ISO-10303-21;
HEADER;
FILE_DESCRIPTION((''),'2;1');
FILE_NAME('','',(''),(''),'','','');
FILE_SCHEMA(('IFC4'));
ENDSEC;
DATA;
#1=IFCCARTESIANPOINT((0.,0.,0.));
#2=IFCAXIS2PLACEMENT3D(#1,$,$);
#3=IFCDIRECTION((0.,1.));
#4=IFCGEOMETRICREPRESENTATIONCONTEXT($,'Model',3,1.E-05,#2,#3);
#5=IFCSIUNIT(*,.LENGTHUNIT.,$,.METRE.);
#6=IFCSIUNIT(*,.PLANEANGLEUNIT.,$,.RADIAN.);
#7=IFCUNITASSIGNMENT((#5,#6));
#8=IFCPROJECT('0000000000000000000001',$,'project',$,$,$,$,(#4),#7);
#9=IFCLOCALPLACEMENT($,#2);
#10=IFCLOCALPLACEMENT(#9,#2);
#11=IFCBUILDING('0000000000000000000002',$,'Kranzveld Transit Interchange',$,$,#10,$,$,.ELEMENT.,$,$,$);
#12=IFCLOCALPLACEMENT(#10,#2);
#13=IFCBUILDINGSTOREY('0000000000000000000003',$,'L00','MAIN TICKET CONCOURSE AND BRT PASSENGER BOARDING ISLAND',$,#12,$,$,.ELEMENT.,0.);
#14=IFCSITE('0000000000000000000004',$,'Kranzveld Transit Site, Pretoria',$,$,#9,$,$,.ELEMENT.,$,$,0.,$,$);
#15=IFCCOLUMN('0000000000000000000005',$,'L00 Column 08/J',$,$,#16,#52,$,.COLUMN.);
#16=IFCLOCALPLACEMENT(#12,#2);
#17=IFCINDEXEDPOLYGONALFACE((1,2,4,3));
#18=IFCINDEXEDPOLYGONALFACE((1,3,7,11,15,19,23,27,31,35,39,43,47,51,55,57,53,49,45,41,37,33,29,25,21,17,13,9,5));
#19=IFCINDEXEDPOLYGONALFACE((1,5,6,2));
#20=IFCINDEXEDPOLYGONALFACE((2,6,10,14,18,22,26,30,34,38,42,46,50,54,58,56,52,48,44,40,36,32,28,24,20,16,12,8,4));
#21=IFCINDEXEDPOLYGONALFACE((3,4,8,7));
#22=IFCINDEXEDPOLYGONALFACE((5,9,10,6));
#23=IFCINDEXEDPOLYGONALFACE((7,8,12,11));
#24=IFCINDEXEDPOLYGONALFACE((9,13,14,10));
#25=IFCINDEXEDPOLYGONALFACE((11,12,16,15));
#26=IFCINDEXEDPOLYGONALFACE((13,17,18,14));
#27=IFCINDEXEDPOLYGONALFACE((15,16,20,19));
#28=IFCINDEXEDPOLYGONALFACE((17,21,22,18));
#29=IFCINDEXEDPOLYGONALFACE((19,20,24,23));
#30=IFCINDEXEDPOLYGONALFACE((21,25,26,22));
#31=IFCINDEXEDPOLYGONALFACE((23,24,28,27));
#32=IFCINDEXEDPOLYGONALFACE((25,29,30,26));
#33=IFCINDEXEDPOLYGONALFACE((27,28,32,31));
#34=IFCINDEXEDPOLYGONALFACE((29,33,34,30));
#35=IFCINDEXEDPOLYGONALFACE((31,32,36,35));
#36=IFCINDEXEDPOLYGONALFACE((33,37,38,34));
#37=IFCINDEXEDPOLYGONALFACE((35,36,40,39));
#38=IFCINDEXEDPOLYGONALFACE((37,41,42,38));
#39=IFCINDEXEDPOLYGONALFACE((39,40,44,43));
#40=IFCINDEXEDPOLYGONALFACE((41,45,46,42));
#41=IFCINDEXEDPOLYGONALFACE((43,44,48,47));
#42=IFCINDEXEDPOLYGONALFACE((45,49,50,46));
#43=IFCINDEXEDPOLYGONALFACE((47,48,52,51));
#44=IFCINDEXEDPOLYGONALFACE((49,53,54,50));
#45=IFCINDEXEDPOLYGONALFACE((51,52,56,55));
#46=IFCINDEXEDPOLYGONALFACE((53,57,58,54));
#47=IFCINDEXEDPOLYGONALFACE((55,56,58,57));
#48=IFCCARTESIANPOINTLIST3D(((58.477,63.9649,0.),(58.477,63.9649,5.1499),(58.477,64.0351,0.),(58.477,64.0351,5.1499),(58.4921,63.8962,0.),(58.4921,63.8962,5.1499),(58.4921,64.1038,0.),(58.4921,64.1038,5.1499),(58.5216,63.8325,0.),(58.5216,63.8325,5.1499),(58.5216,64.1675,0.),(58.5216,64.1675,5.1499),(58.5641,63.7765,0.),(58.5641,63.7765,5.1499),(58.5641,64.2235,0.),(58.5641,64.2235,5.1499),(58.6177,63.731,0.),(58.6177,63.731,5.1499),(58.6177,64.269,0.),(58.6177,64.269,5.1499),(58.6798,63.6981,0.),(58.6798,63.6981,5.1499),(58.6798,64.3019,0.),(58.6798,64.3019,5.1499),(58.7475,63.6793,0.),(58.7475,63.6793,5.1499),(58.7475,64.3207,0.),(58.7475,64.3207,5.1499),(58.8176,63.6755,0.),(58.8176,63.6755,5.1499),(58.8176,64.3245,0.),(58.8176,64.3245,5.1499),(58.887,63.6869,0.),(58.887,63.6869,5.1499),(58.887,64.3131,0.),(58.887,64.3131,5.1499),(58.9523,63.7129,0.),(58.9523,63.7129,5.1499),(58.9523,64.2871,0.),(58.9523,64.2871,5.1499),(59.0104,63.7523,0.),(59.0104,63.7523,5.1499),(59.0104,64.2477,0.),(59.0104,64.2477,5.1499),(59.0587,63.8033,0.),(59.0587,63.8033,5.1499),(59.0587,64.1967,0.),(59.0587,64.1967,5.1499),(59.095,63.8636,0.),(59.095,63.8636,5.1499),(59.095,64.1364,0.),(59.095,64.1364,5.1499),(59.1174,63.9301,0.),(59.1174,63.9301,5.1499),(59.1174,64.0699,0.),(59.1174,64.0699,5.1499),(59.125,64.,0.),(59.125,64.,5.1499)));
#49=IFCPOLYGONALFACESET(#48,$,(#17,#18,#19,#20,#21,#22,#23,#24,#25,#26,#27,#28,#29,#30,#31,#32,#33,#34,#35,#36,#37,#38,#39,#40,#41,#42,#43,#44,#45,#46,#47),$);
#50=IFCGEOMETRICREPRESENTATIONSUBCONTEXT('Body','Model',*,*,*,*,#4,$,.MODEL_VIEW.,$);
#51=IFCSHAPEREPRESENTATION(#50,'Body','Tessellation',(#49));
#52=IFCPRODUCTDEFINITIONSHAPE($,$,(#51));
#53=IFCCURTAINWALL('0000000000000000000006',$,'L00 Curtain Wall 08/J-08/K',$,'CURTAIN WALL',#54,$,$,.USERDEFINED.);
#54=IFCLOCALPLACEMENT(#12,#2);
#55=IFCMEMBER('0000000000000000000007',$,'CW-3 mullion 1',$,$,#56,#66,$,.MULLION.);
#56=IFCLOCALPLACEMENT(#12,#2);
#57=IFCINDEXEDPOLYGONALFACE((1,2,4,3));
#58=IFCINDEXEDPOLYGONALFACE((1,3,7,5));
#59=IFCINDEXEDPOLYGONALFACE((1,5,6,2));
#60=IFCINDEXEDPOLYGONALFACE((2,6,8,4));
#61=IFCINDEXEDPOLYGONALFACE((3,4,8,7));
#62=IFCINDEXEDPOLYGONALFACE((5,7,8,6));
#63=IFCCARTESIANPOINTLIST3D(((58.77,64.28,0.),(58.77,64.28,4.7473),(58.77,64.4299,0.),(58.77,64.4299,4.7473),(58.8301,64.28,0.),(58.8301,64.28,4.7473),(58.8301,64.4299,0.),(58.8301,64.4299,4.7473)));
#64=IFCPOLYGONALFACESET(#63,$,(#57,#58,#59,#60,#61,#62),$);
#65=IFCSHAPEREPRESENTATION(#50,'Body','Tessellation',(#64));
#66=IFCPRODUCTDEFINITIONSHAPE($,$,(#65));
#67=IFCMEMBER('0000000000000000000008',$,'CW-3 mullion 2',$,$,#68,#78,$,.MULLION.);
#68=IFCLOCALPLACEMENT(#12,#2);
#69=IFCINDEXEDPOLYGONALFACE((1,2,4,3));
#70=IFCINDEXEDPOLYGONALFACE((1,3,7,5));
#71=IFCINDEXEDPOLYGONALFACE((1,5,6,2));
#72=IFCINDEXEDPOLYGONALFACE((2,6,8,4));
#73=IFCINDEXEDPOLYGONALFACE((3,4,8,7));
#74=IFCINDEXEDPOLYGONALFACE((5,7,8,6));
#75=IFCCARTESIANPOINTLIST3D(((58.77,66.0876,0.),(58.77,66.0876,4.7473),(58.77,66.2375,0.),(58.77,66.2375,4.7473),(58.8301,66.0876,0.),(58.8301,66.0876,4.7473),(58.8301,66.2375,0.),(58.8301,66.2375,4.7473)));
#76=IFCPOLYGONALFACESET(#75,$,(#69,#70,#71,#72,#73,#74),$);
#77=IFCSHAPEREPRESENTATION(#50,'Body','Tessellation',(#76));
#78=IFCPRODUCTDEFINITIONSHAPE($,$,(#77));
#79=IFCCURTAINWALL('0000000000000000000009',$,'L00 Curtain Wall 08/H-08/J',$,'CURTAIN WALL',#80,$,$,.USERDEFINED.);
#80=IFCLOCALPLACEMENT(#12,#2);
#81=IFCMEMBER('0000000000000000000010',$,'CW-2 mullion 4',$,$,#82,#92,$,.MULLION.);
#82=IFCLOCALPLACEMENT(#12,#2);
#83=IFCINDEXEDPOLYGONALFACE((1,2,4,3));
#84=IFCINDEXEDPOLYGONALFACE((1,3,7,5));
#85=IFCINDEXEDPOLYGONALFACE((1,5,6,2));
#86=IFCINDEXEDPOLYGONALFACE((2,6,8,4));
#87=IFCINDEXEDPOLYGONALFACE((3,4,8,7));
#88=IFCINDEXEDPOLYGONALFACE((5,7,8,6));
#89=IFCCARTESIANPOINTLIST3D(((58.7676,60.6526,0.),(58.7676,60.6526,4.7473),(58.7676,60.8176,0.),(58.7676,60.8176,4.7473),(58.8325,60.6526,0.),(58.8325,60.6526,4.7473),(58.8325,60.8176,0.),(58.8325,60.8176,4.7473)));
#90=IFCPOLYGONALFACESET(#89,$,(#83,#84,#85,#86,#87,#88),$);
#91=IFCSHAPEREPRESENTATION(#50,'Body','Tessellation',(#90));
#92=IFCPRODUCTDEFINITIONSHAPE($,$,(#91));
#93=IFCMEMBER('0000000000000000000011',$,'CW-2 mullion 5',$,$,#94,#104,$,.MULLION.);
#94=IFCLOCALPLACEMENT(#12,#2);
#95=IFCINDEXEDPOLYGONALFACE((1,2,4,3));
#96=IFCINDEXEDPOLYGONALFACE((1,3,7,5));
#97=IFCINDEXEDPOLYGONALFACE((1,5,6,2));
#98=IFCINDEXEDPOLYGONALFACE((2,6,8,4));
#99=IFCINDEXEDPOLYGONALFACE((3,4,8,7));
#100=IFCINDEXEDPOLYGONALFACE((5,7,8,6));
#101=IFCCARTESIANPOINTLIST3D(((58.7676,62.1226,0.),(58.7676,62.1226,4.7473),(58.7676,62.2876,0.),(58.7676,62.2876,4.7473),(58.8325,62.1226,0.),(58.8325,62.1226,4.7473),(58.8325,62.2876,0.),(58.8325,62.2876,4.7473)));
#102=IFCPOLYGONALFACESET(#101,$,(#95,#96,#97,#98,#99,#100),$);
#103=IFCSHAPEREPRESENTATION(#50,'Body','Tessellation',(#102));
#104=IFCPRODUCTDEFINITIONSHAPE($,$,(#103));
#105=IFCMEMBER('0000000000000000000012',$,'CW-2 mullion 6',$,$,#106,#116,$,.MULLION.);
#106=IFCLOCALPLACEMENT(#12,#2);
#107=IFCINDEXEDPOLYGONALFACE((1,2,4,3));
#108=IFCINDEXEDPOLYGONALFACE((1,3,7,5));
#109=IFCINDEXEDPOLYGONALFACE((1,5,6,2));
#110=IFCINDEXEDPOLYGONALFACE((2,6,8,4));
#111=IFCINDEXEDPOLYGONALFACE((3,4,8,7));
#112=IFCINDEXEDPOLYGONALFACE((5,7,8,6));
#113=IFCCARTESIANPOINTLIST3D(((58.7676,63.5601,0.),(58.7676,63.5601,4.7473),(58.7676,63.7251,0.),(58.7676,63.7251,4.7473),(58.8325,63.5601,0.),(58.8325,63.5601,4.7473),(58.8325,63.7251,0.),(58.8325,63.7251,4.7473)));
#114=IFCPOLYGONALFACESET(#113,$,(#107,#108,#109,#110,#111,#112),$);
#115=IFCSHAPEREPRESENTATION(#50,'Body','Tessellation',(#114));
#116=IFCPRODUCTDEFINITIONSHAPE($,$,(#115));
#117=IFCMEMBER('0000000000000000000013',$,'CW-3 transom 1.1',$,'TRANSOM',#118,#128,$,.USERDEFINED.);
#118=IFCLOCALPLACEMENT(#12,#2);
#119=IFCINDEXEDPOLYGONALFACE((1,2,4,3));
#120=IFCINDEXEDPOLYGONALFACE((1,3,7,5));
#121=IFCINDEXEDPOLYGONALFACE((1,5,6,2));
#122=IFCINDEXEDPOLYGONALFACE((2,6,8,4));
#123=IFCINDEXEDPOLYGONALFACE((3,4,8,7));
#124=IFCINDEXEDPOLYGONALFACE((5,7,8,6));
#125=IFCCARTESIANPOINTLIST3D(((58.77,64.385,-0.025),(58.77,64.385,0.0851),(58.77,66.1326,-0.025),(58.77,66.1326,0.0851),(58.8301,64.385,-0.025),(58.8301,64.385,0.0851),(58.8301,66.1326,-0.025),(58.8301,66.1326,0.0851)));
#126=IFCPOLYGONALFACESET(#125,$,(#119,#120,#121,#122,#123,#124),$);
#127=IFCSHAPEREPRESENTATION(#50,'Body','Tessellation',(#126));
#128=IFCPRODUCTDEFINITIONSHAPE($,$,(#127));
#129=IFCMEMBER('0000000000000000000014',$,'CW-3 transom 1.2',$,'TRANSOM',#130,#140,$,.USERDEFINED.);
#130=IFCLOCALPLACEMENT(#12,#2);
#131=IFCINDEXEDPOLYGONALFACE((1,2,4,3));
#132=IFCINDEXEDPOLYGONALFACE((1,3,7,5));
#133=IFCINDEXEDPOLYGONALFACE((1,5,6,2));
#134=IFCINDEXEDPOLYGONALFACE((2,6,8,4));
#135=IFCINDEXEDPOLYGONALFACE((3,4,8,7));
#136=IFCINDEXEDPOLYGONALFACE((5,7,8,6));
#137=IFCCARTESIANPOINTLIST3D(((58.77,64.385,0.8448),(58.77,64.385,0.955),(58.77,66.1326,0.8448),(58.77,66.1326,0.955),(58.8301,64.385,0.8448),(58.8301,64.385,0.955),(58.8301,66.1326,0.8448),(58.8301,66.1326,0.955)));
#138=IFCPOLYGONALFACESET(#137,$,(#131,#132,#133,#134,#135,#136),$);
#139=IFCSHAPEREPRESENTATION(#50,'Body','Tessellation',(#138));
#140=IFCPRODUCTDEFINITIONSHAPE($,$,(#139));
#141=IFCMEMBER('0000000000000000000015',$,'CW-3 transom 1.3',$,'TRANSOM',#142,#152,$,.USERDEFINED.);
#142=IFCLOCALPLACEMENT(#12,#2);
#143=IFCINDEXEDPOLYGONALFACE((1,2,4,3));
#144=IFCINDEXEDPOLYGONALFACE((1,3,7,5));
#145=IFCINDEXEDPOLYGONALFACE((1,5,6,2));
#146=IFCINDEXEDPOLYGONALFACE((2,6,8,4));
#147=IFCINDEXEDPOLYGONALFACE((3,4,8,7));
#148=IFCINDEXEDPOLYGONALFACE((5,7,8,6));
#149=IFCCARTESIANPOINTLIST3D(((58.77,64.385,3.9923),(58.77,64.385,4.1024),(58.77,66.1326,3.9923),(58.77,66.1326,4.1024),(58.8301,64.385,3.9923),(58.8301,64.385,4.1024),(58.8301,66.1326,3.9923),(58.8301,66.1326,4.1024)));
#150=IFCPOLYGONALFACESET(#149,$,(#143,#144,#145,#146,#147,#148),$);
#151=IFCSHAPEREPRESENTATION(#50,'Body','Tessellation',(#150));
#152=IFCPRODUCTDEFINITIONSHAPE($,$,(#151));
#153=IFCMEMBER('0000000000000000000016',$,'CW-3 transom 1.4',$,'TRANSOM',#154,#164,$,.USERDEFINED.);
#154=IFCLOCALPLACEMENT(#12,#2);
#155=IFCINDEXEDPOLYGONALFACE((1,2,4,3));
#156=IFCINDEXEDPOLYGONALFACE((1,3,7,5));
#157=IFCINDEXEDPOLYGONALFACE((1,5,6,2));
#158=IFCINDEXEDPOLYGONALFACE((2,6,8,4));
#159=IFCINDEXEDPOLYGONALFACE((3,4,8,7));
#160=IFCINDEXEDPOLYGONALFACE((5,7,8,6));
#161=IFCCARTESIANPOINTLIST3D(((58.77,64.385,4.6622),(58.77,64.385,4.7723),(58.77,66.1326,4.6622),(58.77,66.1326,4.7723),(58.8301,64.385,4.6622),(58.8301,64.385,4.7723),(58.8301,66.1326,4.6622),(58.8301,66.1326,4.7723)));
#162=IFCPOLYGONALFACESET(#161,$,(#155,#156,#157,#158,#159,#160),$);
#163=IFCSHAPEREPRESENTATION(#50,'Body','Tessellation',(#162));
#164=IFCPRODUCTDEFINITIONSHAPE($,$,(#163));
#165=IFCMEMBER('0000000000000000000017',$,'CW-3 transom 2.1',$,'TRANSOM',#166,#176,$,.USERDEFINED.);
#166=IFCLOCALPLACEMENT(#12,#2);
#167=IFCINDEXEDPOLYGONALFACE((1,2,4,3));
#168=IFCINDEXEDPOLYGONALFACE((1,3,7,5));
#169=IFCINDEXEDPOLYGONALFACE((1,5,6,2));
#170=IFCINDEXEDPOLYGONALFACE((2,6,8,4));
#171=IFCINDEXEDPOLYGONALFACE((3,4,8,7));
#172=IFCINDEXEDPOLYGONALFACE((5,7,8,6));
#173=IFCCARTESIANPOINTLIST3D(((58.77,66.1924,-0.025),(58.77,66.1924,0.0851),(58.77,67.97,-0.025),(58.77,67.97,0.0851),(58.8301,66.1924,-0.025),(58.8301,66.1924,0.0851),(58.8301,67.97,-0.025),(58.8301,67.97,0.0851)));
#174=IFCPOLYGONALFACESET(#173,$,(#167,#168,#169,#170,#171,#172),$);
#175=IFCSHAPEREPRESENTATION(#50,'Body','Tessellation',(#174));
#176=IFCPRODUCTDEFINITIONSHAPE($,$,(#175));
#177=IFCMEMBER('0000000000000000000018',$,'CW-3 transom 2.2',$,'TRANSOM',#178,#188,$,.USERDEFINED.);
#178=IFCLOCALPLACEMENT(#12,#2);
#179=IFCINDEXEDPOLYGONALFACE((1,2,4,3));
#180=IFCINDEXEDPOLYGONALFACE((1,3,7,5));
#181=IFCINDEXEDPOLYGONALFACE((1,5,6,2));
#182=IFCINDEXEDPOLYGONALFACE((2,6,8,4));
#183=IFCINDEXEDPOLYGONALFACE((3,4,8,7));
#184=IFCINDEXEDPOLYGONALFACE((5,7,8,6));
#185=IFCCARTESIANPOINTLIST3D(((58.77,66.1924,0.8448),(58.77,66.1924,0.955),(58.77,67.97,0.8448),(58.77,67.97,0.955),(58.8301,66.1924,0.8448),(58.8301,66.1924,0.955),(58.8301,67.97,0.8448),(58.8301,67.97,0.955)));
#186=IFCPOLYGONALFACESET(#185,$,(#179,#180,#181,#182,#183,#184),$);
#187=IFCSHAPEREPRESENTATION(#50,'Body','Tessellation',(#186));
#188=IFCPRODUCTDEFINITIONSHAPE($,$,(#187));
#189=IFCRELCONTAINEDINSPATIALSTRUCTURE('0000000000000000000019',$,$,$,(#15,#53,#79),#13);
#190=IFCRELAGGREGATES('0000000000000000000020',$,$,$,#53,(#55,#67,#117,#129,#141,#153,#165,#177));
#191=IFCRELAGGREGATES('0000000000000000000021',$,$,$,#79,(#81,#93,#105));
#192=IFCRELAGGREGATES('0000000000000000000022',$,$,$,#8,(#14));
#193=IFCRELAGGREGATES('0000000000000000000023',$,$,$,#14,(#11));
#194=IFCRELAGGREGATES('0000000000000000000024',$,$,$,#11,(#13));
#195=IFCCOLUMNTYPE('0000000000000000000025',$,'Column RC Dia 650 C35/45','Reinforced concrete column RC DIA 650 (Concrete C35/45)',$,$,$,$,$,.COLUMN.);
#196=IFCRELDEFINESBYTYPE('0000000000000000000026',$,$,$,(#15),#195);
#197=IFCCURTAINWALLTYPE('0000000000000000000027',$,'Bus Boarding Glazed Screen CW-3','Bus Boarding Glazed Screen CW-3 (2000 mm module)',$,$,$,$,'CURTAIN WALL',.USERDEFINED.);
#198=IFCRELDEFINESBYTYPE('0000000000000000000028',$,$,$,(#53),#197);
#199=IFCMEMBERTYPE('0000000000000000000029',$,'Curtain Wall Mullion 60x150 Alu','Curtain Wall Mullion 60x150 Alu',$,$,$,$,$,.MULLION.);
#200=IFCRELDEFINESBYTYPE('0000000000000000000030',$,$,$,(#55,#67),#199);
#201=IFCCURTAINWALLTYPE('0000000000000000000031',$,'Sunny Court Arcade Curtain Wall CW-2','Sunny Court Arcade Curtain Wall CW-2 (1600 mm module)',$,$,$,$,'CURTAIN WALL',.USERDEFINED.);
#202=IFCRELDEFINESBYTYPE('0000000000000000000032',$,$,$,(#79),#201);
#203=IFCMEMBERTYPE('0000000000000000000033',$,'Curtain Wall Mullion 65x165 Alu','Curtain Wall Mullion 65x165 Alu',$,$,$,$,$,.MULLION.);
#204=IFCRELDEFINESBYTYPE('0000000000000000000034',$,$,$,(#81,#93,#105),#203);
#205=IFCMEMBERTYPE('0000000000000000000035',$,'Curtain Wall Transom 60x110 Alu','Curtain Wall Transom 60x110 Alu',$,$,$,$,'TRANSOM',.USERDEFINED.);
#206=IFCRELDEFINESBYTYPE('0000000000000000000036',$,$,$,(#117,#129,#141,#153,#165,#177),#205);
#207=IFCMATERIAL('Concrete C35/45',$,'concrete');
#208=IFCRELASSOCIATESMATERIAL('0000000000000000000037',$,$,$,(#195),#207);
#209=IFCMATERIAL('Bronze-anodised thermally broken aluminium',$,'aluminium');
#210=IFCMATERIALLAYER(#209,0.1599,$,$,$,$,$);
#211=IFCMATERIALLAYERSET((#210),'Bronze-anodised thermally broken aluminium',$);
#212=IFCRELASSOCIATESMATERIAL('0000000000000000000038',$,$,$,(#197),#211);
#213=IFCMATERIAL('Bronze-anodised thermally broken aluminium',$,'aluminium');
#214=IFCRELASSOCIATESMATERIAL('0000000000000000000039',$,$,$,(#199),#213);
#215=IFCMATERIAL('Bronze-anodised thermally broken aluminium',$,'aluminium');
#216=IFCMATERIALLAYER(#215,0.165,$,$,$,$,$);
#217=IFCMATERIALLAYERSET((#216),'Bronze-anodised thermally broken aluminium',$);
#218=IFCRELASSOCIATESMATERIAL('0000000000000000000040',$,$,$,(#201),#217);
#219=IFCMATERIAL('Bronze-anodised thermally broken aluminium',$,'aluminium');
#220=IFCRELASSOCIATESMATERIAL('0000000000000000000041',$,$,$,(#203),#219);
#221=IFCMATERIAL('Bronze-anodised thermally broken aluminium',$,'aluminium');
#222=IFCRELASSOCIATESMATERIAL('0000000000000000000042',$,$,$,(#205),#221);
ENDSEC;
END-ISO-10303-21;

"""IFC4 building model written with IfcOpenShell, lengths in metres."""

from ifc_helpers import new_model, si_unit, direction, frame, origin, origin_2d, place, context, subcontext, project, spatial, rectangle, circle, extrude, material, layer, layer_set, material_profile, profile_set, type_object, element, aggregate, save


model = new_model("IFC4")

# Units and contexts
model_context = context("Model", 3, precision=1e-05, world=origin(), true_north=direction((0.0, 1.0)))
body_context = subcontext(model_context, "Body", "Model", "MODEL_VIEW")
ifc_project = project(units=[si_unit("LENGTHUNIT", "METRE"), si_unit("PLANEANGLEUNIT", "RADIAN")], contexts=[model_context])

# Site, building, storey
site_placement = place(None, origin())
site = spatial("IfcSite", under=ifc_project, at=site_placement, Name="Kranzveld Transit Site, Pretoria", CompositionType="ELEMENT", RefElevation=0.0)
building_placement = place(site_placement, origin())
building = spatial("IfcBuilding", under=site, at=building_placement, Name="Kranzveld Transit Interchange", CompositionType="ELEMENT")
storey_placement = place(building_placement, origin())
storey = spatial("IfcBuildingStorey", under=building, at=storey_placement, Name="L00", Description="MAIN TICKET CONCOURSE AND BRT PASSENGER BOARDING ISLAND", CompositionType="ELEMENT", Elevation=0.0)

# Column
ifc_material_1 = material(Name="Concrete C35/45", Category="concrete")
ifc_material_profile_1 = material_profile(ifc_material_1, circle(Radius=0.325, at=origin_2d()), Name="RC DIA 650")
ifc_profile_set_1 = profile_set([ifc_material_profile_1], Name="Concrete C35/45")
column_type = type_object("IfcColumnType", Name="Column RC Dia 650 C35/45", Description="Reinforced concrete column RC DIA 650 (Concrete C35/45)", PredefinedType="COLUMN", material=ifc_profile_set_1)
column_placement = place(storey_placement, frame((58.8, 64.0, 0.0), z_axis=(0.0, 0.0, 1.0), x_axis=(1.0, 0.0, 0.0)))
element("IfcColumn", 1, at=column_placement, inside=storey, type_object=column_type, Name="L00 Column 08/J", PredefinedType="COLUMN", context=body_context, shape_type="SweptSolid", body=[
    extrude(circle(Radius=0.325, at=origin_2d()), origin(), (0.0, 0.0, 1.0), 5.1499),
])

# Curtain walls, members
ifc_material_2 = material(Name="Bronze-anodised thermally broken aluminium", Category="aluminium")
ifc_layer_1 = layer(ifc_material_2, 0.1599)
ifc_layer_set_1 = layer_set([ifc_layer_1], Name="Bronze-anodised thermally broken aluminium")
curtain_wall_type_1 = type_object("IfcCurtainWallType", Name="Bus Boarding Glazed Screen CW-3", Description="Bus Boarding Glazed Screen CW-3 (2000 mm module)", ElementType="CURTAIN WALL", PredefinedType="USERDEFINED", material=ifc_layer_set_1)
curtain_wall_1_placement = place(storey_placement, origin())
curtain_wall_1 = element("IfcCurtainWall", 2, at=curtain_wall_1_placement, inside=storey, type_object=curtain_wall_type_1, Name="L00 Curtain Wall 08/J-08/K", ObjectType="CURTAIN WALL", PredefinedType="USERDEFINED")
ifc_material_3 = material(Name="Bronze-anodised thermally broken aluminium", Category="aluminium")
ifc_material_profile_2 = material_profile(ifc_material_3, rectangle(XDim=0.0601, YDim=0.1499, at=origin_2d()), Name="ALU MULLION 60x150")
ifc_profile_set_2 = profile_set([ifc_material_profile_2], Name="Bronze-anodised thermally broken aluminium")
member_type_1 = type_object("IfcMemberType", Name="Curtain Wall Mullion 60x150 Alu", Description="Curtain Wall Mullion 60x150 Alu", PredefinedType="MULLION", material=ifc_profile_set_2)
member_1_placement = place(storey_placement, frame((58.8, 64.355, 0.0), z_axis=(0.0, 0.0, 1.0), x_axis=(-1.0, 0.0, 0.0)))
member_1 = element("IfcMember", 3, at=member_1_placement, type_object=member_type_1, Name="CW-3 mullion 1", PredefinedType="MULLION", context=body_context, shape_type="SweptSolid", body=[
    extrude(rectangle(XDim=0.0601, YDim=0.1499, at=origin_2d()), origin(), (0.0, 0.0, 1.0), 4.7473),
])
member_2_placement = place(storey_placement, frame((58.8, 66.1626, 0.0), z_axis=(0.0, 0.0, 1.0), x_axis=(-1.0, 0.0, 0.0)))
member_2 = element("IfcMember", 4, at=member_2_placement, type_object=member_type_1, Name="CW-3 mullion 2", PredefinedType="MULLION", context=body_context, shape_type="SweptSolid", body=[
    extrude(rectangle(XDim=0.0601, YDim=0.1499, at=origin_2d()), origin(), (0.0, 0.0, 1.0), 4.7473),
])
ifc_material_4 = material(Name="Bronze-anodised thermally broken aluminium", Category="aluminium")
ifc_layer_2 = layer(ifc_material_4, 0.165)
ifc_layer_set_2 = layer_set([ifc_layer_2], Name="Bronze-anodised thermally broken aluminium")
curtain_wall_type_2 = type_object("IfcCurtainWallType", Name="Sunny Court Arcade Curtain Wall CW-2", Description="Sunny Court Arcade Curtain Wall CW-2 (1600 mm module)", ElementType="CURTAIN WALL", PredefinedType="USERDEFINED", material=ifc_layer_set_2)
curtain_wall_2_placement = place(storey_placement, origin())
curtain_wall_2 = element("IfcCurtainWall", 5, at=curtain_wall_2_placement, inside=storey, type_object=curtain_wall_type_2, Name="L00 Curtain Wall 08/H-08/J", ObjectType="CURTAIN WALL", PredefinedType="USERDEFINED")
ifc_material_5 = material(Name="Bronze-anodised thermally broken aluminium", Category="aluminium")
ifc_material_profile_3 = material_profile(ifc_material_5, rectangle(XDim=0.0649, YDim=0.165, at=origin_2d()), Name="ALU MULLION 65x165")
ifc_profile_set_3 = profile_set([ifc_material_profile_3], Name="Bronze-anodised thermally broken aluminium")
member_type_2 = type_object("IfcMemberType", Name="Curtain Wall Mullion 65x165 Alu", Description="Curtain Wall Mullion 65x165 Alu", PredefinedType="MULLION", material=ifc_profile_set_3)
member_3_placement = place(storey_placement, frame((58.8, 60.7351, 0.0), z_axis=(0.0, 0.0, 1.0), x_axis=(-1.0, 0.0, 0.0)))
member_3 = element("IfcMember", 6, at=member_3_placement, type_object=member_type_2, Name="CW-2 mullion 4", PredefinedType="MULLION", context=body_context, shape_type="SweptSolid", body=[
    extrude(rectangle(XDim=0.0649, YDim=0.165, at=origin_2d()), origin(), (0.0, 0.0, 1.0), 4.7473),
])
member_4_placement = place(storey_placement, frame((58.8, 62.2051, 0.0), z_axis=(0.0, 0.0, 1.0), x_axis=(-1.0, 0.0, 0.0)))
member_4 = element("IfcMember", 7, at=member_4_placement, type_object=member_type_2, Name="CW-2 mullion 5", PredefinedType="MULLION", context=body_context, shape_type="SweptSolid", body=[
    extrude(rectangle(XDim=0.0649, YDim=0.165, at=origin_2d()), origin(), (0.0, 0.0, 1.0), 4.7473),
])
member_5_placement = place(storey_placement, frame((58.8, 63.6426, 0.0), z_axis=(0.0, 0.0, 1.0), x_axis=(-1.0, 0.0, 0.0)))
member_5 = element("IfcMember", 8, at=member_5_placement, type_object=member_type_2, Name="CW-2 mullion 6", PredefinedType="MULLION", context=body_context, shape_type="SweptSolid", body=[
    extrude(rectangle(XDim=0.0649, YDim=0.165, at=origin_2d()), origin(), (0.0, 0.0, 1.0), 4.7473),
])

# Members
ifc_material_6 = material(Name="Bronze-anodised thermally broken aluminium", Category="aluminium")
ifc_material_profile_4 = material_profile(ifc_material_6, rectangle(XDim=0.0601, YDim=0.1101, at=origin_2d()), Name="ALU TRANSOM 60x110")
ifc_profile_set_4 = profile_set([ifc_material_profile_4], Name="Bronze-anodised thermally broken aluminium")
member_type_3 = type_object("IfcMemberType", Name="Curtain Wall Transom 60x110 Alu", Description="Curtain Wall Transom 60x110 Alu", ElementType="TRANSOM", PredefinedType="USERDEFINED", material=ifc_profile_set_4)
member_6_placement = place(storey_placement, frame((58.8, 64.385, 0.03), z_axis=(0.0, 1.0, 0.0), x_axis=(-1.0, 0.0, 0.0)))
member_6 = element("IfcMember", 9, at=member_6_placement, type_object=member_type_3, Name="CW-3 transom 1.1", ObjectType="TRANSOM", PredefinedType="USERDEFINED", context=body_context, shape_type="SweptSolid", body=[
    extrude(rectangle(XDim=0.0601, YDim=0.1101, at=origin_2d()), origin(), (0.0, 0.0, 1.0), 1.7476),
])
member_7_placement = place(storey_placement, frame((58.8, 64.385, 0.8999), z_axis=(0.0, 1.0, 0.0), x_axis=(-1.0, 0.0, 0.0)))
member_7 = element("IfcMember", 10, at=member_7_placement, type_object=member_type_3, Name="CW-3 transom 1.2", ObjectType="TRANSOM", PredefinedType="USERDEFINED", context=body_context, shape_type="SweptSolid", body=[
    extrude(rectangle(XDim=0.0601, YDim=0.1101, at=origin_2d()), origin(), (0.0, 0.0, 1.0), 1.7476),
])
member_8_placement = place(storey_placement, frame((58.8, 64.385, 4.0474), z_axis=(0.0, 1.0, 0.0), x_axis=(-1.0, 0.0, 0.0)))
member_8 = element("IfcMember", 11, at=member_8_placement, type_object=member_type_3, Name="CW-3 transom 1.3", ObjectType="TRANSOM", PredefinedType="USERDEFINED", context=body_context, shape_type="SweptSolid", body=[
    extrude(rectangle(XDim=0.0601, YDim=0.1101, at=origin_2d()), origin(), (0.0, 0.0, 1.0), 1.7476),
])
member_9_placement = place(storey_placement, frame((58.8, 64.385, 4.7173), z_axis=(0.0, 1.0, 0.0), x_axis=(-1.0, 0.0, 0.0)))
member_9 = element("IfcMember", 12, at=member_9_placement, type_object=member_type_3, Name="CW-3 transom 1.4", ObjectType="TRANSOM", PredefinedType="USERDEFINED", context=body_context, shape_type="SweptSolid", body=[
    extrude(rectangle(XDim=0.0601, YDim=0.1101, at=origin_2d()), origin(), (0.0, 0.0, 1.0), 1.7476),
])
member_10_placement = place(storey_placement, frame((58.8, 66.1924, 0.03), z_axis=(0.0, 1.0, 0.0), x_axis=(-1.0, 0.0, 0.0)))
member_10 = element("IfcMember", 13, at=member_10_placement, type_object=member_type_3, Name="CW-3 transom 2.1", ObjectType="TRANSOM", PredefinedType="USERDEFINED", context=body_context, shape_type="SweptSolid", body=[
    extrude(rectangle(XDim=0.0601, YDim=0.1101, at=origin_2d()), origin(), (0.0, 0.0, 1.0), 1.7776),
])
member_11_placement = place(storey_placement, frame((58.8, 66.1924, 0.8999), z_axis=(0.0, 1.0, 0.0), x_axis=(-1.0, 0.0, 0.0)))
member_11 = element("IfcMember", 14, at=member_11_placement, type_object=member_type_3, Name="CW-3 transom 2.2", ObjectType="TRANSOM", PredefinedType="USERDEFINED", context=body_context, shape_type="SweptSolid", body=[
    extrude(rectangle(XDim=0.0601, YDim=0.1101, at=origin_2d()), origin(), (0.0, 0.0, 1.0), 1.7776),
])

aggregate(curtain_wall_1, [member_1, member_2, member_6, member_7, member_8, member_9, member_10, member_11])
aggregate(curtain_wall_2, [member_3, member_4, member_5])

save(model, "model.ifc")
